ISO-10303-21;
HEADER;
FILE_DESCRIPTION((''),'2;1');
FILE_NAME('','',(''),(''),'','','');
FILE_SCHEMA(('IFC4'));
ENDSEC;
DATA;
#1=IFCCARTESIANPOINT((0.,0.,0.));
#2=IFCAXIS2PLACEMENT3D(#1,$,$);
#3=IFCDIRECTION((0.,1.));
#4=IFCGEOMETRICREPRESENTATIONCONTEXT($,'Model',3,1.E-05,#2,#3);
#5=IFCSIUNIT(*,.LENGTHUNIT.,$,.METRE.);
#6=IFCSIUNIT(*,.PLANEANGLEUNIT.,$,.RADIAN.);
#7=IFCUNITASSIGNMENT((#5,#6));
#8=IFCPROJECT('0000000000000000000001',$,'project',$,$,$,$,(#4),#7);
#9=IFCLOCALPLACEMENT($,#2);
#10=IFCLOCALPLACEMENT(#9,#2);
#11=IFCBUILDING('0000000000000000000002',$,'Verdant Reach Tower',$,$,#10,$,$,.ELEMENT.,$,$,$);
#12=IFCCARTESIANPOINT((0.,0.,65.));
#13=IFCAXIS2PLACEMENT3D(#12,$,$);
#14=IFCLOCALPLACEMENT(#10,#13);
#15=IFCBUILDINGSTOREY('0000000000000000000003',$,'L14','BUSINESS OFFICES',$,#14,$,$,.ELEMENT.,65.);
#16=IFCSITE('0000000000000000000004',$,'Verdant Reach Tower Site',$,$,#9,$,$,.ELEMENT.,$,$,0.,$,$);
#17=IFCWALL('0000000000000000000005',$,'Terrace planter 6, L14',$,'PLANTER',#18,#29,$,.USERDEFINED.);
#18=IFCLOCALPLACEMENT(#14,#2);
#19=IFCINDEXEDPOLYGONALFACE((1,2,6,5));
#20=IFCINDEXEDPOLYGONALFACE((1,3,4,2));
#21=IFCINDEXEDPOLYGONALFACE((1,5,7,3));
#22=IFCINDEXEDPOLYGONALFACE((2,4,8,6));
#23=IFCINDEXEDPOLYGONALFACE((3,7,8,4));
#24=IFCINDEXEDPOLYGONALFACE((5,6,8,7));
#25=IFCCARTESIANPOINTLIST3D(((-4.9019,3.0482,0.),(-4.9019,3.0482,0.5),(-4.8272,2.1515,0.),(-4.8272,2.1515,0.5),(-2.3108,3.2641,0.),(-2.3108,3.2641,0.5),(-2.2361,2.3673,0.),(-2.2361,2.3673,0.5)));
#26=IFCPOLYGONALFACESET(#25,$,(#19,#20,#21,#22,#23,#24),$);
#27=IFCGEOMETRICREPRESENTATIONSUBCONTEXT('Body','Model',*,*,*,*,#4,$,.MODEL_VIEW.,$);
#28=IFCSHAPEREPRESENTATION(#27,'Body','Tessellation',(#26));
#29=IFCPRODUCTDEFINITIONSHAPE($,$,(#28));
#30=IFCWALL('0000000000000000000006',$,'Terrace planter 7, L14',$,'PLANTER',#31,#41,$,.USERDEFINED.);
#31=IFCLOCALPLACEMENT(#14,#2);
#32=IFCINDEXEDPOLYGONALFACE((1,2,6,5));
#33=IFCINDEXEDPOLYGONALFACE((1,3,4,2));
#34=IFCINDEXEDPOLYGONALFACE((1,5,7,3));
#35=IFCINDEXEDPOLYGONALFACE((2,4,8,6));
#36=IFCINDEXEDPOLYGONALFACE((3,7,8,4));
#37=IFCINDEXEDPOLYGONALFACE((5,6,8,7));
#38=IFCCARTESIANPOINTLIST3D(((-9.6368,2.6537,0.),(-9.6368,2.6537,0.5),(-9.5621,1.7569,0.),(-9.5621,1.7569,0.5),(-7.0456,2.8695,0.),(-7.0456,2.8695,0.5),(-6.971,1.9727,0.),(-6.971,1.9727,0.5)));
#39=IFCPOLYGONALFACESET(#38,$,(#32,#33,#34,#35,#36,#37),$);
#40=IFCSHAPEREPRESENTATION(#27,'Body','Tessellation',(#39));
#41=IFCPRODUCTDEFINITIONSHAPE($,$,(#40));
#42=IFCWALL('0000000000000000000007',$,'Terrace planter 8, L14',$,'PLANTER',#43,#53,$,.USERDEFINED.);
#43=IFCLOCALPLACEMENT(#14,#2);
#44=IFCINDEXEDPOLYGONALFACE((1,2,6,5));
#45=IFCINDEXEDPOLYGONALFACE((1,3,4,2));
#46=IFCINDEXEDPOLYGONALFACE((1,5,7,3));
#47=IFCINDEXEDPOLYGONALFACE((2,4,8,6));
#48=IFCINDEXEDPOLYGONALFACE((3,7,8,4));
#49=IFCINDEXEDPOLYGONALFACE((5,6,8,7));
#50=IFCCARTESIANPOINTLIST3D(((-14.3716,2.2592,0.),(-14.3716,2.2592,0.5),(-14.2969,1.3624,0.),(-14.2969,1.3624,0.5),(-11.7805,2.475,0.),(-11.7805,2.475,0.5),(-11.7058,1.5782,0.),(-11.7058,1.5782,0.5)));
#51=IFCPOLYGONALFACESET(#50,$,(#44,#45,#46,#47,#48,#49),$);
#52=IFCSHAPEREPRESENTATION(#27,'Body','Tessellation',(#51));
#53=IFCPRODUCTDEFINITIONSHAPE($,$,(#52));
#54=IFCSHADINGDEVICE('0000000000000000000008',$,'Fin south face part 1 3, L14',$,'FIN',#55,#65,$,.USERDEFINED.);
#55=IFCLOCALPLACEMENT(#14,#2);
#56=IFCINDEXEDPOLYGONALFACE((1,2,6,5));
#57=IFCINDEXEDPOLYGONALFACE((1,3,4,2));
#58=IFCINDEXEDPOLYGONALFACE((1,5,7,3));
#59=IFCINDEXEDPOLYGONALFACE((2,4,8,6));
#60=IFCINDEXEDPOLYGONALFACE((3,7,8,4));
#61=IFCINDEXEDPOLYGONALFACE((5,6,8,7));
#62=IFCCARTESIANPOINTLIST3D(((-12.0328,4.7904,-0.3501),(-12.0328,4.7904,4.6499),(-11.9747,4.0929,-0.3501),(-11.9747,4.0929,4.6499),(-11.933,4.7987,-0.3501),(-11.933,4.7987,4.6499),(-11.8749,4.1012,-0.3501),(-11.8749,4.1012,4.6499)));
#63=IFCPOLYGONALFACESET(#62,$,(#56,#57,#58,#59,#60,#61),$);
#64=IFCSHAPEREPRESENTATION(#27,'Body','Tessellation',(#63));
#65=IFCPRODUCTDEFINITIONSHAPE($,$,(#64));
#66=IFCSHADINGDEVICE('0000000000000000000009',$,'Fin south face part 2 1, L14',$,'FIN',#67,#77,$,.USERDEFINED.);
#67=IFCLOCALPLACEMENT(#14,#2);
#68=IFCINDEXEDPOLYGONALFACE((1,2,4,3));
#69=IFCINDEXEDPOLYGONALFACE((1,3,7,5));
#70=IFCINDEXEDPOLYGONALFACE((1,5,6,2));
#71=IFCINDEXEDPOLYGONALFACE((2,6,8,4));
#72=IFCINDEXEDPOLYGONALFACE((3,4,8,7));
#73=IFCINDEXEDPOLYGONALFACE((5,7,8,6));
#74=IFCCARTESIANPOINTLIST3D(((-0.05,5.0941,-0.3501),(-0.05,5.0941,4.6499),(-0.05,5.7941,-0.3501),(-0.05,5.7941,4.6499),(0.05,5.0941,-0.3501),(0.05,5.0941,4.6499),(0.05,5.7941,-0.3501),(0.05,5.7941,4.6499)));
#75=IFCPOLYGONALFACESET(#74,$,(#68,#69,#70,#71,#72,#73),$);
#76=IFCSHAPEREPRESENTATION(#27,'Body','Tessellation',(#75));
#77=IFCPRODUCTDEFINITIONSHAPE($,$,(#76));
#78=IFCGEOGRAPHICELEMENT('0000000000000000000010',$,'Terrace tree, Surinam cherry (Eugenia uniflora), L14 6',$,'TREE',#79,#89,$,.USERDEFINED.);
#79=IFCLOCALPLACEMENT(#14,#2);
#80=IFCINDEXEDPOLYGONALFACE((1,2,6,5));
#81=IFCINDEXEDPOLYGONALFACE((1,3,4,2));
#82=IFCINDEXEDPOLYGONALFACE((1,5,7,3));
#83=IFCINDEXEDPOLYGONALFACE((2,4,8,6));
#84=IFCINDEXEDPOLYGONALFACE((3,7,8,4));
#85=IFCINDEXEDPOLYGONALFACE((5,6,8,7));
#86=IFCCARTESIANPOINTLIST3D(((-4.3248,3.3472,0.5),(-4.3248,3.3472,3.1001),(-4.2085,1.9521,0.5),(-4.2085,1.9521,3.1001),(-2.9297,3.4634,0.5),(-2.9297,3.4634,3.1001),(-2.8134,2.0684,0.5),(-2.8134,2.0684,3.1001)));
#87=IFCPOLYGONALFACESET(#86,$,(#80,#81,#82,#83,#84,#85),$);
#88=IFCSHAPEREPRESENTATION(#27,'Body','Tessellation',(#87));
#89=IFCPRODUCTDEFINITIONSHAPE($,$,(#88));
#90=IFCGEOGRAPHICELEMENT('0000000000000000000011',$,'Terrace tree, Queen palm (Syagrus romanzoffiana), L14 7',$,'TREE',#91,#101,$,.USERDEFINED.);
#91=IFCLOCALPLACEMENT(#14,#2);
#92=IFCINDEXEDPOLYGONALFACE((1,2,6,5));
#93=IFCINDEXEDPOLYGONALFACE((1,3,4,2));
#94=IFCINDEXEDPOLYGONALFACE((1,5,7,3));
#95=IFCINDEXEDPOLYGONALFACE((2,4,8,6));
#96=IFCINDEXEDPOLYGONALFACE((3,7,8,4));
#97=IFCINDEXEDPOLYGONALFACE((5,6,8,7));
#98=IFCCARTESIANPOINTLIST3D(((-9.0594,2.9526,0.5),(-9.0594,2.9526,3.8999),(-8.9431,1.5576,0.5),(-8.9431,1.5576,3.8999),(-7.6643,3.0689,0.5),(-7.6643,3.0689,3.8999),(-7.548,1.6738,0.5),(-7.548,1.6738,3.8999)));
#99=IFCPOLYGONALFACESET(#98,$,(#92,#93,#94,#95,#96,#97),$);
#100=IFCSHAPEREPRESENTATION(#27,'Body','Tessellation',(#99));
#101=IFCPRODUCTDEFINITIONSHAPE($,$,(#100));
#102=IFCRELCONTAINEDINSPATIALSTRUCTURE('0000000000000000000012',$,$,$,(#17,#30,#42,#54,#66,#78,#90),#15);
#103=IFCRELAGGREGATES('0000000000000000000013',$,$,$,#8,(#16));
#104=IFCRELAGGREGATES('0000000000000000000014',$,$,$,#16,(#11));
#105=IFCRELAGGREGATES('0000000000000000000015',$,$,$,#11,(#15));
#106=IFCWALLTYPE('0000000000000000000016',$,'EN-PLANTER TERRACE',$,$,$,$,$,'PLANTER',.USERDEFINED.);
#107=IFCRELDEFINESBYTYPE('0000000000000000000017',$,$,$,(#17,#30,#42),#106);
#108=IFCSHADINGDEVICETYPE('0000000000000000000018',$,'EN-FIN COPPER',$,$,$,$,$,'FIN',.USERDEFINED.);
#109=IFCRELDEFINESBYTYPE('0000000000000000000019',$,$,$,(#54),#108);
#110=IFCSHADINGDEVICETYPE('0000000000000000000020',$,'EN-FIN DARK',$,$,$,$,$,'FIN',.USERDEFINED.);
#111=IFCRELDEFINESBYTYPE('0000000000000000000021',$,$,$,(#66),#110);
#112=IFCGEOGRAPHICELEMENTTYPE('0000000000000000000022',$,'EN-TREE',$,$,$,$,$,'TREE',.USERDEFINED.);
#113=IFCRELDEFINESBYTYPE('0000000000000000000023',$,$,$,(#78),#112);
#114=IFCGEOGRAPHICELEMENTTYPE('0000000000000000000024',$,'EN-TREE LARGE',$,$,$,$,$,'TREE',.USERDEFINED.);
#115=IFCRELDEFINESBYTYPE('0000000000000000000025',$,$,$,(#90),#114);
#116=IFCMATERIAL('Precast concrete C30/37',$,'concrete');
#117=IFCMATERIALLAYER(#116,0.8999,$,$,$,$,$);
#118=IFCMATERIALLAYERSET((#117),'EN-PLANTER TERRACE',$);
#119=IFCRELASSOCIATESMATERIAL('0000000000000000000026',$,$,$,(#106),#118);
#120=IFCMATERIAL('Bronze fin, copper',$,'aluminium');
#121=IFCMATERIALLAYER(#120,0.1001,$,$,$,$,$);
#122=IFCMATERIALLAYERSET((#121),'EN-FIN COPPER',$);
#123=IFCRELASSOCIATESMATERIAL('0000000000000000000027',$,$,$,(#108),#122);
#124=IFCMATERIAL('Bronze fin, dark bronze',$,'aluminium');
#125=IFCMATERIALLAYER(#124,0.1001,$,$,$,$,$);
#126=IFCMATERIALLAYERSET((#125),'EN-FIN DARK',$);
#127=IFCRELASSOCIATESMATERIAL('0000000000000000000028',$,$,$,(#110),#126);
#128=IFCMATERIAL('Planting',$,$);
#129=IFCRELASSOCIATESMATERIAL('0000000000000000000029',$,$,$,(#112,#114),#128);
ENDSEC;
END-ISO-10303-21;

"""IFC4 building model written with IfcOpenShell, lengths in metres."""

from ifc_helpers import new_model, si_unit, direction, frame, frame_2d, origin, origin_2d, place, context, subcontext, project, spatial, rectangle, extrude, material, layer, layer_set, type_object, element, save


model = new_model("IFC4")

# Units and contexts
model_context = context("Model", 3, precision=1e-05, world=origin(), true_north=direction((0.0, 1.0)))
body_context = subcontext(model_context, "Body", "Model", "MODEL_VIEW")
ifc_project = project(units=[si_unit("LENGTHUNIT", "METRE"), si_unit("PLANEANGLEUNIT", "RADIAN")], contexts=[model_context])

# Site, building, storey
site_placement = place(None, origin())
site = spatial("IfcSite", under=ifc_project, at=site_placement, Name="Verdant Reach Tower Site", CompositionType="ELEMENT", RefElevation=0.0)
building_placement = place(site_placement, origin())
building = spatial("IfcBuilding", under=site, at=building_placement, Name="Verdant Reach Tower", CompositionType="ELEMENT")
storey_placement = place(building_placement, frame((0.0, 0.0, 65.0)))
storey = spatial("IfcBuildingStorey", under=building, at=storey_placement, Name="L14", Description="BUSINESS OFFICES", CompositionType="ELEMENT", Elevation=65.0)

# Walls
ifc_material_1 = material(Name="Precast concrete C30/37", Category="concrete")
ifc_layer_1 = layer(ifc_material_1, 0.8999)
ifc_layer_set_1 = layer_set([ifc_layer_1], Name="EN-PLANTER TERRACE")
wall_type_1 = type_object("IfcWallType", Name="EN-PLANTER TERRACE", ElementType="PLANTER", PredefinedType="USERDEFINED", material=ifc_layer_set_1)
for number, where, z_axis, x_axis, name in (
    (1, (-2.2734, 2.8157, 0.0), (0.0, 0.0, 1.0), (-0.996549, -0.083007, 0.0), "Terrace planter 6, L14"),
    (2, (-7.0083, 2.4211, 0.0), (0.0, 0.0, 1.0), (-0.996549, -0.083007, 0.0), "Terrace planter 7, L14"),
    (3, (-11.7432, 2.0266, 0.0), (0.0, 0.0, 1.0), (-0.996549, -0.083007, 0.0), "Terrace planter 8, L14"),
):
    element("IfcWall", number, at=place(storey_placement, frame(where, z_axis=z_axis, x_axis=x_axis)), inside=storey, type_object=wall_type_1, Name=name, ObjectType="PLANTER", PredefinedType="USERDEFINED", context=body_context, shape_type="SweptSolid", body=[
        extrude(rectangle(XDim=2.6001, YDim=0.8999, at=frame_2d((1.3, 0.0))), origin(), (0.0, 0.0, 1.0), 0.5),
    ])

# Shading devices
ifc_material_2 = material(Name="Bronze fin, copper", Category="aluminium")
ifc_layer_2 = layer(ifc_material_2, 0.1001)
ifc_layer_set_2 = layer_set([ifc_layer_2], Name="EN-FIN COPPER")
shading_device_type_1 = type_object("IfcShadingDeviceType", Name="EN-FIN COPPER", ElementType="FIN", PredefinedType="USERDEFINED", material=ifc_layer_set_2)
shading_device_1_placement = place(storey_placement, frame((-11.9539, 4.4458, -0.3501), z_axis=(0.0, 0.0, 1.0), x_axis=(0.996546, 0.083045, 0.0)))
element("IfcShadingDevice", 4, at=shading_device_1_placement, inside=storey, type_object=shading_device_type_1, Name="Fin south face part 1 3, L14", ObjectType="FIN", PredefinedType="USERDEFINED", context=body_context, shape_type="SweptSolid", body=[
    extrude(rectangle(XDim=0.1001, YDim=0.7, at=origin_2d()), origin(), (0.0, 0.0, 1.0), 5.0),
])
ifc_material_3 = material(Name="Bronze fin, dark bronze", Category="aluminium")
ifc_layer_3 = layer(ifc_material_3, 0.1001)
ifc_layer_set_3 = layer_set([ifc_layer_3], Name="EN-FIN DARK")
shading_device_type_2 = type_object("IfcShadingDeviceType", Name="EN-FIN DARK", ElementType="FIN", PredefinedType="USERDEFINED", material=ifc_layer_set_3)
shading_device_2_placement = place(storey_placement, frame((0.0, 5.4441, -0.3501), z_axis=(0.0, 0.0, 1.0), x_axis=(1.0, 0.0, 0.0)))
element("IfcShadingDevice", 5, at=shading_device_2_placement, inside=storey, type_object=shading_device_type_2, Name="Fin south face part 2 1, L14", ObjectType="FIN", PredefinedType="USERDEFINED", context=body_context, shape_type="SweptSolid", body=[
    extrude(rectangle(XDim=0.1001, YDim=0.7, at=origin_2d()), origin(), (0.0, 0.0, 1.0), 5.0),
])

# Geographic elements
ifc_material_4 = material(Name="Planting")
geographic_element_type_1 = type_object("IfcGeographicElementType", Name="EN-TREE", ElementType="TREE", PredefinedType="USERDEFINED", material=ifc_material_4)
geographic_element_1_placement = place(storey_placement, frame((-3.5691, 2.7078, 0.5), z_axis=(0.0, 0.0, 1.0), x_axis=(-0.996546, -0.083045, 0.0)))
element("IfcGeographicElement", 6, at=geographic_element_1_placement, inside=storey, type_object=geographic_element_type_1, Name="Terrace tree, Surinam cherry (Eugenia uniflora), L14 6", ObjectType="TREE", PredefinedType="USERDEFINED", context=body_context, shape_type="SweptSolid", body=[
    extrude(rectangle(XDim=1.3999, YDim=1.3999, at=origin_2d()), origin(), (0.0, 0.0, 1.0), 2.6001),
])
geographic_element_type_2 = type_object("IfcGeographicElementType", Name="EN-TREE LARGE", ElementType="TREE", PredefinedType="USERDEFINED", material=ifc_material_4)
geographic_element_2_placement = place(storey_placement, frame((-8.3037, 2.3132, 0.5), z_axis=(0.0, 0.0, 1.0), x_axis=(-0.996546, -0.083045, 0.0)))
element("IfcGeographicElement", 7, at=geographic_element_2_placement, inside=storey, type_object=geographic_element_type_2, Name="Terrace tree, Queen palm (Syagrus romanzoffiana), L14 7", ObjectType="TREE", PredefinedType="USERDEFINED", context=body_context, shape_type="SweptSolid", body=[
    extrude(rectangle(XDim=1.3999, YDim=1.3999, at=origin_2d()), origin(), (0.0, 0.0, 1.0), 3.3999),
])

save(model, "model.ifc")
